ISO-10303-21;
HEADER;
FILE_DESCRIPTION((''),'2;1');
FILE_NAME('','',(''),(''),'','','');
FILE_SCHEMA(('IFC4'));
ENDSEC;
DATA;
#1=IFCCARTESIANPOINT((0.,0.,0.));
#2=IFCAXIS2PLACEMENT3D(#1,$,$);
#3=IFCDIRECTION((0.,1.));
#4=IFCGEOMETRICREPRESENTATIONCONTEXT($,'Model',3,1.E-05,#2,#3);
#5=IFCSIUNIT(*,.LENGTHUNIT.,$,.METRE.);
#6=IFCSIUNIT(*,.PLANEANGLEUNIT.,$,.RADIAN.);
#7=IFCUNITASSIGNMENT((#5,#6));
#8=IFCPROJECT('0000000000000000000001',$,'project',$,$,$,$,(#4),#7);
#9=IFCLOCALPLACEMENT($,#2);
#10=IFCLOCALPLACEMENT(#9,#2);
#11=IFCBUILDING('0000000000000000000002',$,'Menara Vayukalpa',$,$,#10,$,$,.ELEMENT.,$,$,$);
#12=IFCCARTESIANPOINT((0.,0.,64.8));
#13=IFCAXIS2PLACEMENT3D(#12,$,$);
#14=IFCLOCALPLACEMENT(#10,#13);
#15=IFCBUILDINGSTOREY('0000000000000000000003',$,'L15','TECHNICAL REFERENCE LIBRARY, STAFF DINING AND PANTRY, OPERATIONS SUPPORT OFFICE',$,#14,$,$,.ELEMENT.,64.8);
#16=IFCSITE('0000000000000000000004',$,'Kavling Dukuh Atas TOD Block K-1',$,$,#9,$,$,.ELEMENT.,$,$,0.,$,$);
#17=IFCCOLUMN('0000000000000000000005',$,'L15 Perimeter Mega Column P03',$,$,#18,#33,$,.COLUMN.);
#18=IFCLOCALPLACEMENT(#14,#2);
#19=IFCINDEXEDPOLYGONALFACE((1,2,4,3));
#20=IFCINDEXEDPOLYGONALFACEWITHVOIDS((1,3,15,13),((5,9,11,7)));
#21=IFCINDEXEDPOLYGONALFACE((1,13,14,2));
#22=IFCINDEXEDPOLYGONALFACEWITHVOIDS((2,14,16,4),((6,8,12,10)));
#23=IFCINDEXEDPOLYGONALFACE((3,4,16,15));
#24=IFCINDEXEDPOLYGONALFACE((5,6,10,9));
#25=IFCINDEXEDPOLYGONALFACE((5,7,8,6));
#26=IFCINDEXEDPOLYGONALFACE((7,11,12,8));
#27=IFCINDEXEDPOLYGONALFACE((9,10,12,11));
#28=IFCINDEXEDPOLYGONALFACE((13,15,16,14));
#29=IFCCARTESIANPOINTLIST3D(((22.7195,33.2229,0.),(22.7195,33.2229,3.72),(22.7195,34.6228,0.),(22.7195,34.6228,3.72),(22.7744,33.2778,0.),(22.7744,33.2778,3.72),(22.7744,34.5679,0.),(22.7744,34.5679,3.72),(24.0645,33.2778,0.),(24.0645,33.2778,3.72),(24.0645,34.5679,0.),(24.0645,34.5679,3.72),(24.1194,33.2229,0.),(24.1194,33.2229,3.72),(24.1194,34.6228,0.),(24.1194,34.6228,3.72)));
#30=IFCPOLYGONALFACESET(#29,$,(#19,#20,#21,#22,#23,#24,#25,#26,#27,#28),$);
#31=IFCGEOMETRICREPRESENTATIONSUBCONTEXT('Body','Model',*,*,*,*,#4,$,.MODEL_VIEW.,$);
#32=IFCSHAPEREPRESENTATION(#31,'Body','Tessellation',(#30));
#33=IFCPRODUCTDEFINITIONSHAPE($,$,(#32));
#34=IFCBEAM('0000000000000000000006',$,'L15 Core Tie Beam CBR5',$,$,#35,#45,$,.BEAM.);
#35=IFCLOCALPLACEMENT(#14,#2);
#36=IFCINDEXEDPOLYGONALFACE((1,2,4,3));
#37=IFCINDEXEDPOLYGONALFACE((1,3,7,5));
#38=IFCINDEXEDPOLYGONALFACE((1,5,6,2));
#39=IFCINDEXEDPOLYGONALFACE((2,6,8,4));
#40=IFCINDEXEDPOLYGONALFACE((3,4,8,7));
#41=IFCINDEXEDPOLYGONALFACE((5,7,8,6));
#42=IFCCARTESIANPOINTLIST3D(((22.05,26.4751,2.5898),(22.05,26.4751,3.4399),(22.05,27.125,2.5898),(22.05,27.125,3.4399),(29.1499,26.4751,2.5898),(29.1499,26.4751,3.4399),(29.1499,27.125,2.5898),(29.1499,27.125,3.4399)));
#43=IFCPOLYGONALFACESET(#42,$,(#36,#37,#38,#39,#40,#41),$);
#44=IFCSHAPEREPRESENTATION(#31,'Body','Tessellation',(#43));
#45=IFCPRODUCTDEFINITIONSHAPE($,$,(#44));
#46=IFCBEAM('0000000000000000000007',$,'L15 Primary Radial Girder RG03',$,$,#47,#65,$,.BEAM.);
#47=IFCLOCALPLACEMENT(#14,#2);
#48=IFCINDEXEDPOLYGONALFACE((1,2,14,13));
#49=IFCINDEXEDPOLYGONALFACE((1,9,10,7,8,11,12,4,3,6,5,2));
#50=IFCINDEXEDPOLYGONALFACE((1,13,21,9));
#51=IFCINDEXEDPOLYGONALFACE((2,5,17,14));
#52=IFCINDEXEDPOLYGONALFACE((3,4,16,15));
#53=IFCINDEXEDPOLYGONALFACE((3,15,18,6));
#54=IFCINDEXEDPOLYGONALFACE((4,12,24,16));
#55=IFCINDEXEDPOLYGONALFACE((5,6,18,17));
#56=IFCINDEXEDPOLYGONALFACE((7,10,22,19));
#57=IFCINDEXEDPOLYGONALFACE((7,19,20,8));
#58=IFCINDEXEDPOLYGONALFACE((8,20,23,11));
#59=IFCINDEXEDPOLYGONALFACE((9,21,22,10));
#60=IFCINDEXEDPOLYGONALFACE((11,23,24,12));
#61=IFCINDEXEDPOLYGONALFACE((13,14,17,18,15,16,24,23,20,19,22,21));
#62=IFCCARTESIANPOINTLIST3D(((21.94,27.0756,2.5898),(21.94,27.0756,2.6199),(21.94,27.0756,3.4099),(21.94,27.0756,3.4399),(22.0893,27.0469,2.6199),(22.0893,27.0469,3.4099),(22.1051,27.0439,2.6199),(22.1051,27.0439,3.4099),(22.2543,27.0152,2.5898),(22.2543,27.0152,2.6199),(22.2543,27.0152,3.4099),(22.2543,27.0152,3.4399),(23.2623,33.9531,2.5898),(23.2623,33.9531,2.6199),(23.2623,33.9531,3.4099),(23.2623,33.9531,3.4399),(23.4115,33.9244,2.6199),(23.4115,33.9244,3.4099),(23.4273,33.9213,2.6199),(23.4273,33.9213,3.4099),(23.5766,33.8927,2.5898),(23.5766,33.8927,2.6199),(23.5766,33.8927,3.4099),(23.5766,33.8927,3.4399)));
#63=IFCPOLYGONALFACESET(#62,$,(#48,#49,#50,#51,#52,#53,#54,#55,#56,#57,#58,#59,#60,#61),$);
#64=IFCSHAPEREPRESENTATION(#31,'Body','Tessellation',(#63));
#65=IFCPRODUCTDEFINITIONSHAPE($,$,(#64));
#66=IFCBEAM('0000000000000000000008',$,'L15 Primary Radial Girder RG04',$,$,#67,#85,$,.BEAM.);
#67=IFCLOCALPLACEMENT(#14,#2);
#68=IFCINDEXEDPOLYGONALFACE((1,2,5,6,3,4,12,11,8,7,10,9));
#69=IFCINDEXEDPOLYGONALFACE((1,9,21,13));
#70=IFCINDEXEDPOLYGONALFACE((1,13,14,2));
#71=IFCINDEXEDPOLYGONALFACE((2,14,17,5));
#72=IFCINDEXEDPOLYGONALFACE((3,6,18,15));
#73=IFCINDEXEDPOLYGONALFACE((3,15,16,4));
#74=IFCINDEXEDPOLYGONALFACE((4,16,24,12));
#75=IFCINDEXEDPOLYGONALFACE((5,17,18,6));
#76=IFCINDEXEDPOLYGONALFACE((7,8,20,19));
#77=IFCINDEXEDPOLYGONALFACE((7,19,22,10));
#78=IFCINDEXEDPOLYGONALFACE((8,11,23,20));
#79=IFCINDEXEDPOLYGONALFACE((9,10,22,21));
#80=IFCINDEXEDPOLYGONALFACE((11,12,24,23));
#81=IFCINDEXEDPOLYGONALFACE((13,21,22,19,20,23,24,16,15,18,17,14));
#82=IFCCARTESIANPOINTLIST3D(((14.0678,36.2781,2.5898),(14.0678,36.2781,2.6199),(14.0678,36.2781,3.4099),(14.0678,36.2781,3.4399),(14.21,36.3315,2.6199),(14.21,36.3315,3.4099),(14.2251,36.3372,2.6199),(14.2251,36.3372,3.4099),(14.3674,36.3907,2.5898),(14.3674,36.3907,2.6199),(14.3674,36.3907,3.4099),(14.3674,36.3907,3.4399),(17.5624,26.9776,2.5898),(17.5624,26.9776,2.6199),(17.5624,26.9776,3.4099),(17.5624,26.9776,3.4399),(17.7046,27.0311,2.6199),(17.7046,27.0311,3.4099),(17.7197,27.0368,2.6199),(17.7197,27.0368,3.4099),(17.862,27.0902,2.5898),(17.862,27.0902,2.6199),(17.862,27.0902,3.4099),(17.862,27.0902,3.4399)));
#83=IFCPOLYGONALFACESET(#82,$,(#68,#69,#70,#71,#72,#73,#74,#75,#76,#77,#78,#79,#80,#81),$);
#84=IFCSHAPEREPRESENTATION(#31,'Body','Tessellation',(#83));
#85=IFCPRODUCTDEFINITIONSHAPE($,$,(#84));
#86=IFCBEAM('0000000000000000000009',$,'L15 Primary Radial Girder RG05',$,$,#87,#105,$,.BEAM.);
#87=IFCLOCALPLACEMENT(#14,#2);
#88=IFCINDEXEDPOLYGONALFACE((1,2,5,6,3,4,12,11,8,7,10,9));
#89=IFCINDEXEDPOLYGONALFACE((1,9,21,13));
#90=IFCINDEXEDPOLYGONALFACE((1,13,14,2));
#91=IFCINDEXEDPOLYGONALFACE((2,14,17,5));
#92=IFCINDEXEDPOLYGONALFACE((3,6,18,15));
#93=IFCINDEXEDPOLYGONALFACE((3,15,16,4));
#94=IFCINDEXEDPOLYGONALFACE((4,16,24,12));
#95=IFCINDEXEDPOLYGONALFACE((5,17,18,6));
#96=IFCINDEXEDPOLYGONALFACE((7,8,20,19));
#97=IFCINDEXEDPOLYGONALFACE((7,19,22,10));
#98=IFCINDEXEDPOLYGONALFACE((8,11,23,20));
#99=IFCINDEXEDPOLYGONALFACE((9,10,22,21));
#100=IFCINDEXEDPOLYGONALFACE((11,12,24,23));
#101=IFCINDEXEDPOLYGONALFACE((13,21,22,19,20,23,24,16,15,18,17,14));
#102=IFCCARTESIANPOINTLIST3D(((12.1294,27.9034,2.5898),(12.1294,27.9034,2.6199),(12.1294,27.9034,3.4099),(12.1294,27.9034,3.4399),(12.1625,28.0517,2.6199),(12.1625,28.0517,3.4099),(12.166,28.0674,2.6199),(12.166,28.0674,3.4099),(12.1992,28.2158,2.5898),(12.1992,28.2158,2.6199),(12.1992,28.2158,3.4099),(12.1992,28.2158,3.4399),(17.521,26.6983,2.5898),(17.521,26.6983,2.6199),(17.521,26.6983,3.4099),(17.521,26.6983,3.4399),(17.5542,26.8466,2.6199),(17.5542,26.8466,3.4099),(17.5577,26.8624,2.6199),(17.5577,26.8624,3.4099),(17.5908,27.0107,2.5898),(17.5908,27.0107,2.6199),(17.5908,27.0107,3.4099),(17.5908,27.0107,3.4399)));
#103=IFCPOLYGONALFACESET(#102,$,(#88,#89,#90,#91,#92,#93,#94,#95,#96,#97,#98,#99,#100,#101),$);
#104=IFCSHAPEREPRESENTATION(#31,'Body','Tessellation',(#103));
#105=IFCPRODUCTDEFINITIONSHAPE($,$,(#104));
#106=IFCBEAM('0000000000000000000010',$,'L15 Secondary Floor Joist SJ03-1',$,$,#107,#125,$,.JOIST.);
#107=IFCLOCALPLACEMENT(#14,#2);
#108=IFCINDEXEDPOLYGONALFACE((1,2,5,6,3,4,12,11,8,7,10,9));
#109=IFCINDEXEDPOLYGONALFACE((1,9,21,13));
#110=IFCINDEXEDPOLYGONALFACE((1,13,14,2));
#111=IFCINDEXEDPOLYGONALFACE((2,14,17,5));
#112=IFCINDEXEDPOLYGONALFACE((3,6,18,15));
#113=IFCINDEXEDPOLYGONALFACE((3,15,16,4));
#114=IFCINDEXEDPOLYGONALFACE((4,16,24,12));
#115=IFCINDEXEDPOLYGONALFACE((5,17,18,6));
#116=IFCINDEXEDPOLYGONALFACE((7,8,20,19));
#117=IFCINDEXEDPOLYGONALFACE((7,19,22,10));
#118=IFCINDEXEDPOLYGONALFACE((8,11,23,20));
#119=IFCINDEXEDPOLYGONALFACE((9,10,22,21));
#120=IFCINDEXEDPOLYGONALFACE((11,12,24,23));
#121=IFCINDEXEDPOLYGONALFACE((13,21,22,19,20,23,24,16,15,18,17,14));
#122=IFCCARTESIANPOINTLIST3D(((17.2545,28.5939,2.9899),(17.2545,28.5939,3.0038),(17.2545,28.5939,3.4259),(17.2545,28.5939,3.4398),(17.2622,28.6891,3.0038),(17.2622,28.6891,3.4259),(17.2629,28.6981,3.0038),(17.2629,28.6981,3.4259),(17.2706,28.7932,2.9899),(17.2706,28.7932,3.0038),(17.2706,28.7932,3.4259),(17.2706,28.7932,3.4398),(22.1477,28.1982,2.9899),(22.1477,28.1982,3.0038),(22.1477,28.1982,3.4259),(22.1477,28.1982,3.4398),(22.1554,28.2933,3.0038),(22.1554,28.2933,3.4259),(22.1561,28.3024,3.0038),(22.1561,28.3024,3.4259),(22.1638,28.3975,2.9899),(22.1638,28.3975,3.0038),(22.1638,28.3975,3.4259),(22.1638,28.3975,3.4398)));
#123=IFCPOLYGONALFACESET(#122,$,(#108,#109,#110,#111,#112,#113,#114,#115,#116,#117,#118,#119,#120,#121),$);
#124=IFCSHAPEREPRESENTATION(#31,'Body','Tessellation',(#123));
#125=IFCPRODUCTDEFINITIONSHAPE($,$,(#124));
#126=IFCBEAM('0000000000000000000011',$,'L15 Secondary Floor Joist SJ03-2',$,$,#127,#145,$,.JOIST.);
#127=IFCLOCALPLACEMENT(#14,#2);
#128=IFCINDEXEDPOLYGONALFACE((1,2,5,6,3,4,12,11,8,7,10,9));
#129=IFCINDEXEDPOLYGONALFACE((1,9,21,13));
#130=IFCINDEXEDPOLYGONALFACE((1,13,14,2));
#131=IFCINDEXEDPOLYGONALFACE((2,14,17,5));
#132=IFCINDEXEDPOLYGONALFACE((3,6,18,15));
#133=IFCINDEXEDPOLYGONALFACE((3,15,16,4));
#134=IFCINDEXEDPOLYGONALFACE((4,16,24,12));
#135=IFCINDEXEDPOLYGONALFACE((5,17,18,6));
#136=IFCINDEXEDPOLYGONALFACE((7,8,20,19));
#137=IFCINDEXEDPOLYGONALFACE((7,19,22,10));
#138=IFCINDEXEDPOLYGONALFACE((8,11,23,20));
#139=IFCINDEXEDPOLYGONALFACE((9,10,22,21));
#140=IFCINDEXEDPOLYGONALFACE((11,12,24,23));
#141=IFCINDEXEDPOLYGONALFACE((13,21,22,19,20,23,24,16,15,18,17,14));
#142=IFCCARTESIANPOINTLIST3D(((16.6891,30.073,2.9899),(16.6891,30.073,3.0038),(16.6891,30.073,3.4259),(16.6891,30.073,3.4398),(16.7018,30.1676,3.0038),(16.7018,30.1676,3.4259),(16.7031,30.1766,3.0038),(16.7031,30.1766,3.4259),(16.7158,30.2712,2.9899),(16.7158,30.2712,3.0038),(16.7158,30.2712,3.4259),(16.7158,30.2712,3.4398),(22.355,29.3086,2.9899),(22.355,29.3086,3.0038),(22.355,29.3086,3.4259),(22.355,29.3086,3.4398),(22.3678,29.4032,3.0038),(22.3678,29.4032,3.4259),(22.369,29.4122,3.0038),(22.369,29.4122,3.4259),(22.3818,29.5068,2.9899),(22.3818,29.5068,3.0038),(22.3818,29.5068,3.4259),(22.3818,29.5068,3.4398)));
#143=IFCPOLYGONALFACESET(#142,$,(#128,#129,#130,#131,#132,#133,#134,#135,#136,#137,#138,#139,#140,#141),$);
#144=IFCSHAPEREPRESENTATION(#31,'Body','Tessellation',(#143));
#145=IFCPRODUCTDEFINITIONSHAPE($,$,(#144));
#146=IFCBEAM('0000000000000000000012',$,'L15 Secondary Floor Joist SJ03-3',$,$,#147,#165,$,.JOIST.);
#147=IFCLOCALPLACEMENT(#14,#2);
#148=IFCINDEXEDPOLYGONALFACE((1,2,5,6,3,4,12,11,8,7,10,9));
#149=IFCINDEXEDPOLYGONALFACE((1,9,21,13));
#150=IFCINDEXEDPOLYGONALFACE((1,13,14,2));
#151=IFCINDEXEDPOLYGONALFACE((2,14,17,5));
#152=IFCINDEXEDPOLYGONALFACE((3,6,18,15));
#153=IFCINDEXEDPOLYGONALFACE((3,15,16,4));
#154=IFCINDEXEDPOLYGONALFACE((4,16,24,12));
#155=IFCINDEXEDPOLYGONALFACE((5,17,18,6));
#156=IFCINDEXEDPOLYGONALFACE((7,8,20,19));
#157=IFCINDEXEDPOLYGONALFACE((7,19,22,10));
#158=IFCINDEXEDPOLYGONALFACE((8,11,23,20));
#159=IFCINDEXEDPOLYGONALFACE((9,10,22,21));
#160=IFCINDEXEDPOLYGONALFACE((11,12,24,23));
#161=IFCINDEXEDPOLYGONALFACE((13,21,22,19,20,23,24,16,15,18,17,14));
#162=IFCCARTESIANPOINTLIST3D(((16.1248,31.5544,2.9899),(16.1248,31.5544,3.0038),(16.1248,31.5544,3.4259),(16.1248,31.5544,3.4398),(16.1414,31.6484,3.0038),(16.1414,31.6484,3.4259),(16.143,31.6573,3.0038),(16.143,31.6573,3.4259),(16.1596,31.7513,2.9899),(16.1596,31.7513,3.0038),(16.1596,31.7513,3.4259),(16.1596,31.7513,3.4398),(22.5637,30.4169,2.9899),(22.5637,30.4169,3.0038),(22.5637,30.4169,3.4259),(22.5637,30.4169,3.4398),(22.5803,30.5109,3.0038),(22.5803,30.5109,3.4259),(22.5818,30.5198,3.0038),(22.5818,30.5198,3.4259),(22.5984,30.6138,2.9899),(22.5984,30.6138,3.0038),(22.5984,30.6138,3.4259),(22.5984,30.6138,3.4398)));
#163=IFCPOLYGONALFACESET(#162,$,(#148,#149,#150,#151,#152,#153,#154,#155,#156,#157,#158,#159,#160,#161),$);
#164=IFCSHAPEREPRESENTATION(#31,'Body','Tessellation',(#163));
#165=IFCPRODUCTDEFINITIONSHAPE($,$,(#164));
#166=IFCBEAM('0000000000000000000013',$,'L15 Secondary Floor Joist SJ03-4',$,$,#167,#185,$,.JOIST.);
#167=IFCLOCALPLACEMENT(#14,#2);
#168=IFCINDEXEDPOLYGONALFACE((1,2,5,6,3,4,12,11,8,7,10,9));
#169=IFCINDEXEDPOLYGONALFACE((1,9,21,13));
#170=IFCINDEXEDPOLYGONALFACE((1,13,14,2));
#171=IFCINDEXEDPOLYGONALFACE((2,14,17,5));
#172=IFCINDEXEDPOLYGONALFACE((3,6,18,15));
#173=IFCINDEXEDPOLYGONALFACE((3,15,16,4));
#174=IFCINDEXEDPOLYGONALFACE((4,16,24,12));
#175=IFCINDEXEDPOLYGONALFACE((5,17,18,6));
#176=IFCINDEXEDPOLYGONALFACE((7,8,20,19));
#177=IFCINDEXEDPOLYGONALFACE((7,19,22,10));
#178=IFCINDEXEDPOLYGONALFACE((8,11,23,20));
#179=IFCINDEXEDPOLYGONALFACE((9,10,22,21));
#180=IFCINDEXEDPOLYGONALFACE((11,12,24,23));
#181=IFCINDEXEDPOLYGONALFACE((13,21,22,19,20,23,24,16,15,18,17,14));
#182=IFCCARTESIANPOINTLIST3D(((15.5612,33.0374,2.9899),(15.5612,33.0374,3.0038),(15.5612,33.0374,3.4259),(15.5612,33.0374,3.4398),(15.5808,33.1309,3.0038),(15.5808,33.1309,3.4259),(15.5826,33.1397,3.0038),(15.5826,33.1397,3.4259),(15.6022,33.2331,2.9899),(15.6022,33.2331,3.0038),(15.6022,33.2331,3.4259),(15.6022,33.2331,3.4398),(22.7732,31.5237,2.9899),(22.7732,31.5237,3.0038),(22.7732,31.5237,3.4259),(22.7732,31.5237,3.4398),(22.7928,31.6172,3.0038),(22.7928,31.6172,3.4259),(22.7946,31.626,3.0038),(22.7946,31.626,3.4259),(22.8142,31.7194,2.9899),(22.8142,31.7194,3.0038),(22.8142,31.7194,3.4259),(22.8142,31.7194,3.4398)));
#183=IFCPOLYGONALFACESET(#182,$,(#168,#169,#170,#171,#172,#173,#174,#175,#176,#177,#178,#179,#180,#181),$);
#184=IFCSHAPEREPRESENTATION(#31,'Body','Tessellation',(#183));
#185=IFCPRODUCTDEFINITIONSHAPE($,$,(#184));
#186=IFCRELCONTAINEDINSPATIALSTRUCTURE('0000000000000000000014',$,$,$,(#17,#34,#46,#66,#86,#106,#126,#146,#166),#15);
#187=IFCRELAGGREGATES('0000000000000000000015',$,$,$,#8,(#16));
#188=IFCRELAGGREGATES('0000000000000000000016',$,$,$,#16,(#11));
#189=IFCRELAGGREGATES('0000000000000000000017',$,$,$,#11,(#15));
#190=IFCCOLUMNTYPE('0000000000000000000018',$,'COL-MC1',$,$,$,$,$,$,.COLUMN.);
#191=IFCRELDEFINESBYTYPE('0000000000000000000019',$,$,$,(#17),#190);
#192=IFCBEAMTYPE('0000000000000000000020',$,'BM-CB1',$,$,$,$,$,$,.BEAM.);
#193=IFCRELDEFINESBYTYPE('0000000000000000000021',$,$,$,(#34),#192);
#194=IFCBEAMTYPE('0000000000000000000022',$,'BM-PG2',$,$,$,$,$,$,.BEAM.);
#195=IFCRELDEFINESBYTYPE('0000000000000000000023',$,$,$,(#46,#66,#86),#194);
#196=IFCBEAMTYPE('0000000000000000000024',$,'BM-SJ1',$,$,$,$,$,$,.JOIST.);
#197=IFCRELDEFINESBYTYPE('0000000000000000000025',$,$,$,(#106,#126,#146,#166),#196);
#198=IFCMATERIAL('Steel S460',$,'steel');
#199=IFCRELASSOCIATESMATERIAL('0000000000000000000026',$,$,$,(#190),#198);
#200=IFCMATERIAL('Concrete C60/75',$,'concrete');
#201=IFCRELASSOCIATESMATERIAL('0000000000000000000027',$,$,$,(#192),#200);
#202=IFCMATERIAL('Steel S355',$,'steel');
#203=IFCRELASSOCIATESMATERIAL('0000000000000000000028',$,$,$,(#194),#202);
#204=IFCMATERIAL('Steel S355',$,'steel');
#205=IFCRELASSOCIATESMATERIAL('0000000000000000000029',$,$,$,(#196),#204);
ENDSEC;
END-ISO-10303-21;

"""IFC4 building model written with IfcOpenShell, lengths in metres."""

from ifc_helpers import new_model, si_unit, direction, frame, origin, origin_2d, place, context, subcontext, project, spatial, rectangle, hollow_rectangle, i_section, extrude, material, material_profile, profile_set, type_object, element, save


model = new_model("IFC4")

# Units and contexts
model_context = context("Model", 3, precision=1e-05, world=origin(), true_north=direction((0.0, 1.0)))
body_context = subcontext(model_context, "Body", "Model", "MODEL_VIEW")
ifc_project = project(units=[si_unit("LENGTHUNIT", "METRE"), si_unit("PLANEANGLEUNIT", "RADIAN")], contexts=[model_context])

# Site, building, storey
site_placement = place(None, origin())
site = spatial("IfcSite", under=ifc_project, at=site_placement, Name="Kavling Dukuh Atas TOD Block K-1", CompositionType="ELEMENT", RefElevation=0.0)
building_placement = place(site_placement, origin())
building = spatial("IfcBuilding", under=site, at=building_placement, Name="Menara Vayukalpa", CompositionType="ELEMENT")
storey_placement = place(building_placement, frame((0.0, 0.0, 64.8)))
storey = spatial("IfcBuildingStorey", under=building, at=storey_placement, Name="L15", Description="TECHNICAL REFERENCE LIBRARY, STAFF DINING AND PANTRY, OPERATIONS SUPPORT OFFICE", CompositionType="ELEMENT", Elevation=64.8)

# Column
ifc_material_1 = material(Name="Steel S460", Category="steel")
ifc_material_profile_1 = material_profile(ifc_material_1, hollow_rectangle(XDim=1.3999, YDim=1.3999, WallThickness=0.0549, at=origin_2d()), Name="BOX 1400x1400x55")
ifc_profile_set_1 = profile_set([ifc_material_profile_1], Name="Steel S460")
column_type = type_object("IfcColumnType", Name="COL-MC1", PredefinedType="COLUMN", material=ifc_profile_set_1)
column_placement = place(storey_placement, frame((23.4194, 33.9229, 0.0), z_axis=(0.0, 0.0, 1.0), x_axis=(1.0, 0.0, 0.0)))
element("IfcColumn", 1, at=column_placement, inside=storey, type_object=column_type, Name="L15 Perimeter Mega Column P03", PredefinedType="COLUMN", context=body_context, shape_type="SweptSolid", body=[
    extrude(hollow_rectangle(XDim=1.3999, YDim=1.3999, WallThickness=0.0549, at=origin_2d()), origin(), (0.0, 0.0, 1.0), 3.72),
])

# Beams
ifc_material_2 = material(Name="Concrete C60/75", Category="concrete")
ifc_material_profile_2 = material_profile(ifc_material_2, rectangle(XDim=0.6499, YDim=0.8501, at=origin_2d()), Name="RC 650x850")
ifc_profile_set_2 = profile_set([ifc_material_profile_2], Name="Concrete C60/75")
beam_type_1 = type_object("IfcBeamType", Name="BM-CB1", PredefinedType="BEAM", material=ifc_profile_set_2)
beam_1_placement = place(storey_placement, frame((22.05, 26.8, 3.0149), z_axis=(1.0, 0.0, 0.0), x_axis=(0.0, 1.0, 0.0)))
element("IfcBeam", 2, at=beam_1_placement, inside=storey, type_object=beam_type_1, Name="L15 Core Tie Beam CBR5", PredefinedType="BEAM", context=body_context, shape_type="SweptSolid", body=[
    extrude(rectangle(XDim=0.6499, YDim=0.8501, at=origin_2d()), origin(), (0.0, 0.0, 1.0), 7.0999),
])
ifc_material_3 = material(Name="Steel S355", Category="steel")
ifc_material_profile_3 = material_profile(ifc_material_3, i_section(OverallWidth=0.3201, OverallDepth=0.8501, WebThickness=0.0161, FlangeThickness=0.03, at=origin_2d()), Name="WF 850x320x16x30")
ifc_profile_set_3 = profile_set([ifc_material_profile_3], Name="Steel S355")
beam_type_2 = type_object("IfcBeamType", Name="BM-PG2", PredefinedType="BEAM", material=ifc_profile_set_3)
beam_2_placement = place(storey_placement, frame((22.0972, 27.0454, 3.0149), z_axis=(0.188803, 0.982015, 0.0), x_axis=(-0.982015, 0.188803, 0.0)))
element("IfcBeam", 3, at=beam_2_placement, inside=storey, type_object=beam_type_2, Name="L15 Primary Radial Girder RG03", PredefinedType="BEAM", context=body_context, shape_type="SweptSolid", body=[
    extrude(i_section(OverallWidth=0.3201, OverallDepth=0.8501, WebThickness=0.0161, FlangeThickness=0.03, at=origin_2d()), origin(), (0.0, 0.0, 1.0), 7.0034),
])
beam_3_placement = place(storey_placement, frame((17.7122, 27.0339, 3.0149), z_axis=(-0.351735, 0.9361, 0.0), x_axis=(-0.9361, -0.351735, 0.0)))
element("IfcBeam", 4, at=beam_3_placement, inside=storey, type_object=beam_type_2, Name="L15 Primary Radial Girder RG04", PredefinedType="BEAM", context=body_context, shape_type="SweptSolid", body=[
    extrude(i_section(OverallWidth=0.3201, OverallDepth=0.8501, WebThickness=0.0161, FlangeThickness=0.03, at=origin_2d()), origin(), (0.0, 0.0, 1.0), 9.9353),
])
beam_4_placement = place(storey_placement, frame((17.5559, 26.8545, 3.0149), z_axis=(-0.97592, 0.218128, 0.0), x_axis=(-0.218128, -0.97592, 0.0)))
element("IfcBeam", 5, at=beam_4_placement, inside=storey, type_object=beam_type_2, Name="L15 Primary Radial Girder RG05", PredefinedType="BEAM", context=body_context, shape_type="SweptSolid", body=[
    extrude(i_section(OverallWidth=0.3201, OverallDepth=0.8501, WebThickness=0.0161, FlangeThickness=0.03, at=origin_2d()), origin(), (0.0, 0.0, 1.0), 5.5247),
])
ifc_material_4 = material(Name="Steel S355", Category="steel")
ifc_material_profile_4 = material_profile(ifc_material_4, i_section(OverallWidth=0.2, OverallDepth=0.45, WebThickness=0.009, FlangeThickness=0.0139, at=origin_2d()), Name="WF 450x200x9x14")
ifc_profile_set_4 = profile_set([ifc_material_profile_4], Name="Steel S355")
beam_type_3 = type_object("IfcBeamType", Name="BM-SJ1", PredefinedType="JOIST", material=ifc_profile_set_4)
beam_5_placement = place(storey_placement, frame((22.1558, 28.2979, 3.2148), z_axis=(-0.996745, 0.080613, 0.0), x_axis=(-0.080613, -0.996745, 0.0)))
element("IfcBeam", 6, at=beam_5_placement, inside=storey, type_object=beam_type_3, Name="L15 Secondary Floor Joist SJ03-1", PredefinedType="JOIST", context=body_context, shape_type="SweptSolid", body=[
    extrude(i_section(OverallWidth=0.2, OverallDepth=0.45, WebThickness=0.009, FlangeThickness=0.0139, at=origin_2d()), origin(), (0.0, 0.0, 1.0), 4.9092),
])
beam_6_placement = place(storey_placement, frame((22.3684, 29.4077, 3.2148), z_axis=(-0.991022, 0.133699, 0.0), x_axis=(-0.133699, -0.991022, 0.0)))
element("IfcBeam", 7, at=beam_6_placement, inside=storey, type_object=beam_type_3, Name="L15 Secondary Floor Joist SJ03-2", PredefinedType="JOIST", context=body_context, shape_type="SweptSolid", body=[
    extrude(i_section(OverallWidth=0.2, OverallDepth=0.45, WebThickness=0.009, FlangeThickness=0.0139, at=origin_2d()), origin(), (0.0, 0.0, 1.0), 5.7173),
])
beam_7_placement = place(storey_placement, frame((22.5811, 30.5154, 3.2148), z_axis=(-0.984753, 0.173958, 0.0), x_axis=(-0.173958, -0.984753, 0.0)))
element("IfcBeam", 8, at=beam_7_placement, inside=storey, type_object=beam_type_3, Name="L15 Secondary Floor Joist SJ03-3", PredefinedType="JOIST", context=body_context, shape_type="SweptSolid", body=[
    extrude(i_section(OverallWidth=0.2, OverallDepth=0.45, WebThickness=0.009, FlangeThickness=0.0139, at=origin_2d()), origin(), (0.0, 0.0, 1.0), 6.5386),
])
beam_8_placement = place(storey_placement, frame((22.7937, 31.6216, 3.2148), z_axis=(-0.978676, 0.205409, 0.0), x_axis=(-0.205409, -0.978676, 0.0)))
element("IfcBeam", 9, at=beam_8_placement, inside=storey, type_object=beam_type_3, Name="L15 Secondary Floor Joist SJ03-4", PredefinedType="JOIST", context=body_context, shape_type="SweptSolid", body=[
    extrude(i_section(OverallWidth=0.2, OverallDepth=0.45, WebThickness=0.009, FlangeThickness=0.0139, at=origin_2d()), origin(), (0.0, 0.0, 1.0), 7.3691),
])

save(model, "model.ifc")
